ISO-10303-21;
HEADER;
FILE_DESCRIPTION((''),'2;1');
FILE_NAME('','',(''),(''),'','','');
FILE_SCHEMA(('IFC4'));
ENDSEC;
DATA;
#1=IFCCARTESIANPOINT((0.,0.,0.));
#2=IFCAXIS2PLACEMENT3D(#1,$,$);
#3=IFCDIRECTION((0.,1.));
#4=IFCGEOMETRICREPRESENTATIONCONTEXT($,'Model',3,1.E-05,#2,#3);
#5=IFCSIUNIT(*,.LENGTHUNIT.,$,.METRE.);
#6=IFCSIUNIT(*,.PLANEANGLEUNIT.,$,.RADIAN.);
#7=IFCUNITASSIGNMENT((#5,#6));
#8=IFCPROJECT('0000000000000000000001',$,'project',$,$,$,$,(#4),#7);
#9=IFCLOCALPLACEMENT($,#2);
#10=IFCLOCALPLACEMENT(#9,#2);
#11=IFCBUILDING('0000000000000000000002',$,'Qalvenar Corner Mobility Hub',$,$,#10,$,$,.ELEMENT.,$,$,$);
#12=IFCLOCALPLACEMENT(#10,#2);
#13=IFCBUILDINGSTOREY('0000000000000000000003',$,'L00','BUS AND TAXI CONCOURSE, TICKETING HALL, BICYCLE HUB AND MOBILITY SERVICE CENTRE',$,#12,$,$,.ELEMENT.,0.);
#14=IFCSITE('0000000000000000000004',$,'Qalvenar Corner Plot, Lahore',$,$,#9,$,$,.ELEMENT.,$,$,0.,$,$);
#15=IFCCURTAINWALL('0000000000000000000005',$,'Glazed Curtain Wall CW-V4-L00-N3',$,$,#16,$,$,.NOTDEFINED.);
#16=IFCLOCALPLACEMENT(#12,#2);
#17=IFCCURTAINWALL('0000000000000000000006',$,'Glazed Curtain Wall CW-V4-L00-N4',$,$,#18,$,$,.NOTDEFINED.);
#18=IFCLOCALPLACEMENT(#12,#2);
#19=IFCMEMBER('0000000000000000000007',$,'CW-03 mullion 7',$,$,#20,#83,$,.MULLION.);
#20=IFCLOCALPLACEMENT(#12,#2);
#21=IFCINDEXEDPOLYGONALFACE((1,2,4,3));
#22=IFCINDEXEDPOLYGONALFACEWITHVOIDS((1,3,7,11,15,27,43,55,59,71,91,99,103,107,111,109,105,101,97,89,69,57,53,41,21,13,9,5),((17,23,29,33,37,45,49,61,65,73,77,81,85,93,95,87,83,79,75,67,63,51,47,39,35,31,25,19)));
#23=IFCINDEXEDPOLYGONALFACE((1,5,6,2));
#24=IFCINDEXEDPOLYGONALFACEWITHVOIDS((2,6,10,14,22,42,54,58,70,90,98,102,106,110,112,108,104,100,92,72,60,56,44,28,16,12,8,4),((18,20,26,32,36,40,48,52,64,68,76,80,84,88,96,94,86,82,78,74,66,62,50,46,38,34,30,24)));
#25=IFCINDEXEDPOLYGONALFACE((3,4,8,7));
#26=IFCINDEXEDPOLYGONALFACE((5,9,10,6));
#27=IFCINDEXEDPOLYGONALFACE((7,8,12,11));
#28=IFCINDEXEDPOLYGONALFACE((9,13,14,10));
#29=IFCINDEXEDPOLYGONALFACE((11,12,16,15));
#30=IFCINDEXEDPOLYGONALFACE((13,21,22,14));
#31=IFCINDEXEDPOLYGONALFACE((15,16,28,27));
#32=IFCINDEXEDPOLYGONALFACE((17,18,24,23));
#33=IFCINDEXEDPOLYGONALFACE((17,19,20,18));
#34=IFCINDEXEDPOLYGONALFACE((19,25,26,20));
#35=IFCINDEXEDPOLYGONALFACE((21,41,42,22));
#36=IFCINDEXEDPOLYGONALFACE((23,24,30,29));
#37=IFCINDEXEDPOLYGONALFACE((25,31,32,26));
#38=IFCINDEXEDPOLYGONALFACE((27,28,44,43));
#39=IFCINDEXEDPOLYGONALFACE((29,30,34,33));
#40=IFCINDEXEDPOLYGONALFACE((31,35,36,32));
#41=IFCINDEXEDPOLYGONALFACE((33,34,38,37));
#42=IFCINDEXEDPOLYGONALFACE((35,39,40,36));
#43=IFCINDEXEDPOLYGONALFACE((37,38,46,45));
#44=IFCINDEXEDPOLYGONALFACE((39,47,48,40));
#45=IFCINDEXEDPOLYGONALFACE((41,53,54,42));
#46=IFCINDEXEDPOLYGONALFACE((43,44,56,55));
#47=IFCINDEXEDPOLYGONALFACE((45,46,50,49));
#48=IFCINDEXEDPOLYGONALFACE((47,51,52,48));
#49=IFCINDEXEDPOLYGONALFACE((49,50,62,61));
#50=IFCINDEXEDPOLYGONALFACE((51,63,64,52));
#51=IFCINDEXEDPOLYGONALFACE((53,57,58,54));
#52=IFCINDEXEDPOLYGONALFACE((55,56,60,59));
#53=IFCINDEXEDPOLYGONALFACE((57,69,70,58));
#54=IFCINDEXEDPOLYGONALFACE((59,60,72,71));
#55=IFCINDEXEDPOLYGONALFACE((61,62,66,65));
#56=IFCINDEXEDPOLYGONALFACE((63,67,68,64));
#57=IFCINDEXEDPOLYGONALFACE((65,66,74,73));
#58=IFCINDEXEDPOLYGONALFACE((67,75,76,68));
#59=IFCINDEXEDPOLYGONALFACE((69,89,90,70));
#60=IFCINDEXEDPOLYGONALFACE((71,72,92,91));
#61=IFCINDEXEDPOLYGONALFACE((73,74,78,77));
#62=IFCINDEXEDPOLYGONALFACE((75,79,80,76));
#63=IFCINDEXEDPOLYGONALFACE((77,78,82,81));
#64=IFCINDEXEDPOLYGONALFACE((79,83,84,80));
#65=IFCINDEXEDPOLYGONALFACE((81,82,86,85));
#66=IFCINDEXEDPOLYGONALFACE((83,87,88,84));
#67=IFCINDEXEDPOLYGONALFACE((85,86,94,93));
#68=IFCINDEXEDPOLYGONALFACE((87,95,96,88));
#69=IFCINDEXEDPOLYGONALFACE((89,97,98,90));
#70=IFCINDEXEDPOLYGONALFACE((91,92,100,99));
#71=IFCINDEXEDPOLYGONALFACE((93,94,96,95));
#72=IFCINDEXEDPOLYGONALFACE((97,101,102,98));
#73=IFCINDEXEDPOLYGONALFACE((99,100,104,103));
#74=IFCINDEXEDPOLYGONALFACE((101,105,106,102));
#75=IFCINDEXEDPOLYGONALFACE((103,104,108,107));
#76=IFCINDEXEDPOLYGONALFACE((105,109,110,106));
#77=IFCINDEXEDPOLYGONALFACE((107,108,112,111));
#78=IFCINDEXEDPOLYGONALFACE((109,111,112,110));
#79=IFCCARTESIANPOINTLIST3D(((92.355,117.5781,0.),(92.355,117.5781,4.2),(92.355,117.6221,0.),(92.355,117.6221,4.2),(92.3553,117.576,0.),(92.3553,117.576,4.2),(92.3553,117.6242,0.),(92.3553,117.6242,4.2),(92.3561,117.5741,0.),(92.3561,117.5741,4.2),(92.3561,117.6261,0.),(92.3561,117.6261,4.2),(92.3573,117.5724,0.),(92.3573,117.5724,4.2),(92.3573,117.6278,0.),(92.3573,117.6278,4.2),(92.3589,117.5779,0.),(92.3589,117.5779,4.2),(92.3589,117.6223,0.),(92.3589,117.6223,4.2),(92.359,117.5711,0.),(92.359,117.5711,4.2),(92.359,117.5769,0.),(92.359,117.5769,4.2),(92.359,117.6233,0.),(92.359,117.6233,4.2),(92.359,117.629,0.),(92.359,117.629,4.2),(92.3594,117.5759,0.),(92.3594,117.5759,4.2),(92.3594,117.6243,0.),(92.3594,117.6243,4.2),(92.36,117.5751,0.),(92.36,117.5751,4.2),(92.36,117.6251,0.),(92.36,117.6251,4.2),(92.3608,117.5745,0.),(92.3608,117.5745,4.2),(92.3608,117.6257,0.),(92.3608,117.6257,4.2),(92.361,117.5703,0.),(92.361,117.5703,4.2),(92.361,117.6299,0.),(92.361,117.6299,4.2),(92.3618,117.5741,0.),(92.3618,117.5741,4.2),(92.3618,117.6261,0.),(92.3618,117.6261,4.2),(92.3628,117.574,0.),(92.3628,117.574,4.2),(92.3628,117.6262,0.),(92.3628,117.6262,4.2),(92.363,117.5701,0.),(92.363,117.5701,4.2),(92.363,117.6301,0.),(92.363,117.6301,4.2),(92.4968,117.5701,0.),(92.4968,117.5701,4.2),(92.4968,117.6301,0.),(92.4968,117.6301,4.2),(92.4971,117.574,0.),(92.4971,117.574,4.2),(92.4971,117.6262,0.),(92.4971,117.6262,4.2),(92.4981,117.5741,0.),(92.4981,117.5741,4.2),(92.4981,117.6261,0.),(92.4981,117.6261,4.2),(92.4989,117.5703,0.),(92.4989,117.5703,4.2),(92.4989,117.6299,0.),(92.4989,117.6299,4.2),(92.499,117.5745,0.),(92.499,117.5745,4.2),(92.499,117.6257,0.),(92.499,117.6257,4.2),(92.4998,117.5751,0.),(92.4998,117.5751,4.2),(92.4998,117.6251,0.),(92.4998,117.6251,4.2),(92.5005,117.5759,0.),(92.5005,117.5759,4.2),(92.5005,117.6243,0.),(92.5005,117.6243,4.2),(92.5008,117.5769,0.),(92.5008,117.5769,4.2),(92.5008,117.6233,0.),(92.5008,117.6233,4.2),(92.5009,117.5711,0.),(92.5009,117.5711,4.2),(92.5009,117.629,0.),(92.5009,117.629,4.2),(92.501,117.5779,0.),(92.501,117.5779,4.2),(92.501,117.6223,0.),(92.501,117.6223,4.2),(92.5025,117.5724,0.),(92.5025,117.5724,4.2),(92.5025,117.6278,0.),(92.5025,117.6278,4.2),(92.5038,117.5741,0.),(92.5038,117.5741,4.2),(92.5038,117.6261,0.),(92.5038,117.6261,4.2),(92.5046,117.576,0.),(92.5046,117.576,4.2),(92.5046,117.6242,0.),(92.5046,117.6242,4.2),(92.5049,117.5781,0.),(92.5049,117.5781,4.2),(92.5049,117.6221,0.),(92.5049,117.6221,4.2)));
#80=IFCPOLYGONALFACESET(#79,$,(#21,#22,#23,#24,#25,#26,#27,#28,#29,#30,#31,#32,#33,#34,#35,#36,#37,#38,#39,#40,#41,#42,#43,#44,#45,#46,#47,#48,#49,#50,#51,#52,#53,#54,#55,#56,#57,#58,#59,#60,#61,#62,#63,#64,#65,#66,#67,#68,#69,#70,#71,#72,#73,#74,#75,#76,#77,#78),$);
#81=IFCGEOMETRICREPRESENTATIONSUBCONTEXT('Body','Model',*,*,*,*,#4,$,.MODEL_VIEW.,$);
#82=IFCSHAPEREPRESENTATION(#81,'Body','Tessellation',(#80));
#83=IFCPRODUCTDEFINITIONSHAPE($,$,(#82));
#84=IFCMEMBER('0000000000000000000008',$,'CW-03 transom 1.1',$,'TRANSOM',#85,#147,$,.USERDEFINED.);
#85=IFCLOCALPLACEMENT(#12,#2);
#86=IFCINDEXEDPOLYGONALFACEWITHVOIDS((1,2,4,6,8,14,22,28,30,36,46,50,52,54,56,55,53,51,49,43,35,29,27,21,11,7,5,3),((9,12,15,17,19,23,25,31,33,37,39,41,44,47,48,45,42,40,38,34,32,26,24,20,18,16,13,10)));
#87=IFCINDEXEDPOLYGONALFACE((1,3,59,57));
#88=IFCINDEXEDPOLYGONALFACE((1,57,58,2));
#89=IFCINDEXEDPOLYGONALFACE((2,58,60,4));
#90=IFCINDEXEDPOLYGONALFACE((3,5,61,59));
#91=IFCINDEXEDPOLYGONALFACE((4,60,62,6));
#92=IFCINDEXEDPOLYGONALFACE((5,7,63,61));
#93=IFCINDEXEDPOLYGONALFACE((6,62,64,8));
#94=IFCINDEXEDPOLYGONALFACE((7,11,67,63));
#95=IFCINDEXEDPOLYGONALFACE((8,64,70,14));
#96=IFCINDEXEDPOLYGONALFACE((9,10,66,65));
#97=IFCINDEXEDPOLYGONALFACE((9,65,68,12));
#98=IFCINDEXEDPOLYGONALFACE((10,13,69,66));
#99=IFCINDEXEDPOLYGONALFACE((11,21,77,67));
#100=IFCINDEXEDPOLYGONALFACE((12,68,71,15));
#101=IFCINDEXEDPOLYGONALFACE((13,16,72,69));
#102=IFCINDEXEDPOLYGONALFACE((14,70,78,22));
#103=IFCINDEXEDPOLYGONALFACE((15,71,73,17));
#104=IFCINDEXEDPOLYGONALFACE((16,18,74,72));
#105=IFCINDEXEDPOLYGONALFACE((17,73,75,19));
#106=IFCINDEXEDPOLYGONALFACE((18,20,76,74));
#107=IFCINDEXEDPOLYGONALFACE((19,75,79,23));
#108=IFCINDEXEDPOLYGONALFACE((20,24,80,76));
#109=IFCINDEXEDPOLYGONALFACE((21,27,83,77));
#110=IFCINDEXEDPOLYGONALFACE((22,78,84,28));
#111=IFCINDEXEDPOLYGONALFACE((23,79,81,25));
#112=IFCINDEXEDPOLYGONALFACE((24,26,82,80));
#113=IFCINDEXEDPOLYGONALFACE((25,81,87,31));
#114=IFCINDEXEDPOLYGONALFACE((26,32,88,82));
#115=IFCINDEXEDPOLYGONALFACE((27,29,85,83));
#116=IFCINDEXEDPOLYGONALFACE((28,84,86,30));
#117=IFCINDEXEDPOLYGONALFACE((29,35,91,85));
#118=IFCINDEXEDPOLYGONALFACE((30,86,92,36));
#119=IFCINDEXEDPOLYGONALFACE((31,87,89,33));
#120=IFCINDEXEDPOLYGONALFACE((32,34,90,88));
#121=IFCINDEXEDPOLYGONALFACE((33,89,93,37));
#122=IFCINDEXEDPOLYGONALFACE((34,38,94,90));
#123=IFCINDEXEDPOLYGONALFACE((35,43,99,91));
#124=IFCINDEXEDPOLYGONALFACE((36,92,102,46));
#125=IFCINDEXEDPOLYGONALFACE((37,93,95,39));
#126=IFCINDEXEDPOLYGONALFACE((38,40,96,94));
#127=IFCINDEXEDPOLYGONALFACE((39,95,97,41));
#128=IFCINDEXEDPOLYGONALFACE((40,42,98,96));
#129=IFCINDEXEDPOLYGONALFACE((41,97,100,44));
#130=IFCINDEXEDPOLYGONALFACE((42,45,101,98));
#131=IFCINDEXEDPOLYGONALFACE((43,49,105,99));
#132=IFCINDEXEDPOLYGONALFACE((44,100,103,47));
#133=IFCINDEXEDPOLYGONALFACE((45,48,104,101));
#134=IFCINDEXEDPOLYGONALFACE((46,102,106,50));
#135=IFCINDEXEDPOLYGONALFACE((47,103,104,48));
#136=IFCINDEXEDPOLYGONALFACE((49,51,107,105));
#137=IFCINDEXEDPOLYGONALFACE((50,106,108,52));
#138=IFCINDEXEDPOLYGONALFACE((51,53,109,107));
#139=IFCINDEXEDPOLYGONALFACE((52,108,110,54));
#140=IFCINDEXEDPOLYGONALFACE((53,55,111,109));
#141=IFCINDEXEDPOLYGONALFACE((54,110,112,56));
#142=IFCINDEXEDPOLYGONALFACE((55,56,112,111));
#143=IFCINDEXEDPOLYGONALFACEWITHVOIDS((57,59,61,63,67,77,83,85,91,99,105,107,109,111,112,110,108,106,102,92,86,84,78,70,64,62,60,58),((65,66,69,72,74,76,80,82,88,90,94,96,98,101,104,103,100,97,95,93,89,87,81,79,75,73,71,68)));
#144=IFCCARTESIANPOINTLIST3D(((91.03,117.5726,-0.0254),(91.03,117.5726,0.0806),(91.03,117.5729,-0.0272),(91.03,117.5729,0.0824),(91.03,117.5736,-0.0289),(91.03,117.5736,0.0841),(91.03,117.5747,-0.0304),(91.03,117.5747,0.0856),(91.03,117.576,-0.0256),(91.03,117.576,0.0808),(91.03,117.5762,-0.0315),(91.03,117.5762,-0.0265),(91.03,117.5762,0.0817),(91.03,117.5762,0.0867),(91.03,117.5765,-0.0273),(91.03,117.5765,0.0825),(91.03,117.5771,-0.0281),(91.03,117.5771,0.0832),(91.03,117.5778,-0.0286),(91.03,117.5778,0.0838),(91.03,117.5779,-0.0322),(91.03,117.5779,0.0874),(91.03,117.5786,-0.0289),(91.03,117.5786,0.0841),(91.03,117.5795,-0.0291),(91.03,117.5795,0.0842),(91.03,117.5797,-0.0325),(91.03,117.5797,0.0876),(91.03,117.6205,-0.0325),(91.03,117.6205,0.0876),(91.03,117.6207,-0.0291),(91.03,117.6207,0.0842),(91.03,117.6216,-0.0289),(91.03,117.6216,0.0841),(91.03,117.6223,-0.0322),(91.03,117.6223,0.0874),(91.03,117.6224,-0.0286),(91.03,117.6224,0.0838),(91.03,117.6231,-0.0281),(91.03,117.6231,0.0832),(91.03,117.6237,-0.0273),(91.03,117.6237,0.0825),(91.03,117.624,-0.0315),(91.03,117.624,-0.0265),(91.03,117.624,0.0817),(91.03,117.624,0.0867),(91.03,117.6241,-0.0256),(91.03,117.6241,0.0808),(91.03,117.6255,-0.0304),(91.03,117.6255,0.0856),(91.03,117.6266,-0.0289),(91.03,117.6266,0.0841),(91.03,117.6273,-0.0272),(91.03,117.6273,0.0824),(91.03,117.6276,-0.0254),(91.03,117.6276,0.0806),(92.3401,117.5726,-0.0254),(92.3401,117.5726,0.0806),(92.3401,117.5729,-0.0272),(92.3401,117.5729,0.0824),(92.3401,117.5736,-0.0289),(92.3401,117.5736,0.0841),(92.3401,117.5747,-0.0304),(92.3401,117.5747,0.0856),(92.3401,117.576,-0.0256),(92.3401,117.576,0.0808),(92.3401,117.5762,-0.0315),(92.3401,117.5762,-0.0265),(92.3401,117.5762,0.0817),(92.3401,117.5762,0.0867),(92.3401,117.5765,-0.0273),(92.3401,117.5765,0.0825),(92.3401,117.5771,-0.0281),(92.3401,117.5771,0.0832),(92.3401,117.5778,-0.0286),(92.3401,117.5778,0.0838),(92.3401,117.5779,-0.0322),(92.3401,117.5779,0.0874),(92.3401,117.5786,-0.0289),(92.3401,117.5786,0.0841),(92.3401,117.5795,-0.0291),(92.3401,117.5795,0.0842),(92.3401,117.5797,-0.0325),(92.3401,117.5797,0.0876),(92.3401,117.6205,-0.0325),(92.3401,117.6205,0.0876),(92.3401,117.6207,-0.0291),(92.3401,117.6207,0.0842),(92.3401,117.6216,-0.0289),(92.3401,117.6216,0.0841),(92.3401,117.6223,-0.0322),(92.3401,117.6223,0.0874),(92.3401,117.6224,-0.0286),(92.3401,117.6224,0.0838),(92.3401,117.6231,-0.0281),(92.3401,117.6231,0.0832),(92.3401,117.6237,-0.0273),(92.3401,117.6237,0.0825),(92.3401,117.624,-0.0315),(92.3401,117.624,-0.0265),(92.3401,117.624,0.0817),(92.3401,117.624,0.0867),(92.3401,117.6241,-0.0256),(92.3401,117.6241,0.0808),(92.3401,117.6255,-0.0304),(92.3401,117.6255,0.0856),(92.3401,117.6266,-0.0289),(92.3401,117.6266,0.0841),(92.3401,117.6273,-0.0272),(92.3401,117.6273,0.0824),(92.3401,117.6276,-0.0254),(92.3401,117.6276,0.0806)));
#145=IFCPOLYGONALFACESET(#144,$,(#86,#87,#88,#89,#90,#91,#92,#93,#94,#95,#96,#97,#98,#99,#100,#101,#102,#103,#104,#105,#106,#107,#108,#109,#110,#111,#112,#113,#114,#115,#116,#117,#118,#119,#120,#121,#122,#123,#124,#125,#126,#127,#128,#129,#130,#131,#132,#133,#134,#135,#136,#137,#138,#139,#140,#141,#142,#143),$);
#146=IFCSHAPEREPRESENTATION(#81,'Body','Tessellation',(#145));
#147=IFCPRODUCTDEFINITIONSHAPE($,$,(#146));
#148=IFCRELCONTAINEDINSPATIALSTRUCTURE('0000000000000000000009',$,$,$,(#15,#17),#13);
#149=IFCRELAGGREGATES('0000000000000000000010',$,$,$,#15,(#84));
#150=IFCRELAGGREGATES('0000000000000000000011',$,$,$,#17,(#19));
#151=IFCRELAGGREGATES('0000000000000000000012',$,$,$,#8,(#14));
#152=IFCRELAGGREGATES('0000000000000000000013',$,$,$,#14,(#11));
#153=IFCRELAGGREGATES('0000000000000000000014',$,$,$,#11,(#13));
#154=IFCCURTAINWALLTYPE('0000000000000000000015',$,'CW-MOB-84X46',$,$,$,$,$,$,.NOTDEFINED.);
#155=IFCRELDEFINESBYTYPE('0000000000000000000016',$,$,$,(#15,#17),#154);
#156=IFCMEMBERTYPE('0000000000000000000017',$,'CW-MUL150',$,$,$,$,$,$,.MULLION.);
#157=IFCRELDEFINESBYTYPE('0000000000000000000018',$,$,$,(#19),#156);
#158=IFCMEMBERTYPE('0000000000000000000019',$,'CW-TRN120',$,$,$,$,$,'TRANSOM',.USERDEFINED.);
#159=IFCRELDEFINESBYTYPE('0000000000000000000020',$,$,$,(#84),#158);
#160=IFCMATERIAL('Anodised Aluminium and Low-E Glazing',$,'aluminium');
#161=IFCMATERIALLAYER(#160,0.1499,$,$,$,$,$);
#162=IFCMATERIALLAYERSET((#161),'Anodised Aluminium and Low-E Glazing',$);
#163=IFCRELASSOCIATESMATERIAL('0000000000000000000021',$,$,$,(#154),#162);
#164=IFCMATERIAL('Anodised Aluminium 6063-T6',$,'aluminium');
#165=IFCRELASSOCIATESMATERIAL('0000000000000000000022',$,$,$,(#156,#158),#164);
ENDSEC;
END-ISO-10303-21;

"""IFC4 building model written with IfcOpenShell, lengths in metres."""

from ifc_helpers import new_model, si_unit, direction, frame, origin, origin_2d, place, context, subcontext, project, spatial, hollow_rectangle, extrude, material, layer, layer_set, material_profile, profile_set, type_object, element, aggregate, save


model = new_model("IFC4")

# Units and contexts
model_context = context("Model", 3, precision=1e-05, world=origin(), true_north=direction((0.0, 1.0)))
body_context = subcontext(model_context, "Body", "Model", "MODEL_VIEW")
ifc_project = project(units=[si_unit("LENGTHUNIT", "METRE"), si_unit("PLANEANGLEUNIT", "RADIAN")], contexts=[model_context])

# Site, building, storey
site_placement = place(None, origin())
site = spatial("IfcSite", under=ifc_project, at=site_placement, Name="Qalvenar Corner Plot, Lahore", CompositionType="ELEMENT", RefElevation=0.0)
building_placement = place(site_placement, origin())
building = spatial("IfcBuilding", under=site, at=building_placement, Name="Qalvenar Corner Mobility Hub", CompositionType="ELEMENT")
storey_placement = place(building_placement, origin())
storey = spatial("IfcBuildingStorey", under=building, at=storey_placement, Name="L00", Description="BUS AND TAXI CONCOURSE, TICKETING HALL, BICYCLE HUB AND MOBILITY SERVICE CENTRE", CompositionType="ELEMENT", Elevation=0.0)

# Curtain walls, member
ifc_material_1 = material(Name="Anodised Aluminium and Low-E Glazing", Category="aluminium")
ifc_layer_1 = layer(ifc_material_1, 0.1499)
ifc_layer_set_1 = layer_set([ifc_layer_1], Name="Anodised Aluminium and Low-E Glazing")
curtain_wall_type = type_object("IfcCurtainWallType", Name="CW-MOB-84X46", PredefinedType="NOTDEFINED", material=ifc_layer_set_1)
curtain_wall_1_placement = place(storey_placement, origin())
curtain_wall_1 = element("IfcCurtainWall", 1, at=curtain_wall_1_placement, inside=storey, type_object=curtain_wall_type, Name="Glazed Curtain Wall CW-V4-L00-N3", PredefinedType="NOTDEFINED")
ifc_material_2 = material(Name="Anodised Aluminium 6063-T6", Category="aluminium")
ifc_material_profile_1 = material_profile(ifc_material_2, hollow_rectangle(XDim=0.0601, YDim=0.1499, WallThickness=0.0039, InnerFilletRadius=0.0039, OuterFilletRadius=0.0081, at=origin_2d()), Name="RHS150x60x4")
ifc_profile_set_1 = profile_set([ifc_material_profile_1], Name="Anodised Aluminium 6063-T6")
member_type_1 = type_object("IfcMemberType", Name="CW-MUL150", PredefinedType="MULLION", material=ifc_profile_set_1)
curtain_wall_2_placement = place(storey_placement, origin())
curtain_wall_2 = element("IfcCurtainWall", 2, at=curtain_wall_2_placement, inside=storey, type_object=curtain_wall_type, Name="Glazed Curtain Wall CW-V4-L00-N4", PredefinedType="NOTDEFINED")
member_1_placement = place(storey_placement, frame((92.4299, 117.6001, 0.0), z_axis=(0.0, 0.0, 1.0), x_axis=(0.0, -1.0, 0.0)))
member_1 = element("IfcMember", 3, at=member_1_placement, type_object=member_type_1, Name="CW-03 mullion 7", PredefinedType="MULLION", context=body_context, shape_type="SweptSolid", body=[
    extrude(hollow_rectangle(XDim=0.0601, YDim=0.1499, WallThickness=0.0039, InnerFilletRadius=0.0039, OuterFilletRadius=0.0081, at=origin_2d()), origin(), (0.0, 0.0, 1.0), 4.2),
])

# Member
ifc_material_profile_2 = material_profile(ifc_material_2, hollow_rectangle(XDim=0.0549, YDim=0.1201, WallThickness=0.0034, InnerFilletRadius=0.0034, OuterFilletRadius=0.0071, at=origin_2d()), Name="RHS120x55x3.5")
ifc_profile_set_2 = profile_set([ifc_material_profile_2], Name="Anodised Aluminium 6063-T6")
member_type_2 = type_object("IfcMemberType", Name="CW-TRN120", ElementType="TRANSOM", PredefinedType="USERDEFINED", material=ifc_profile_set_2)
member_2_placement = place(storey_placement, frame((92.3401, 117.6001, 0.0276), z_axis=(-1.0, 0.0, 0.0), x_axis=(0.0, -1.0, 0.0)))
member_2 = element("IfcMember", 4, at=member_2_placement, type_object=member_type_2, Name="CW-03 transom 1.1", ObjectType="TRANSOM", PredefinedType="USERDEFINED", context=body_context, shape_type="SweptSolid", body=[
    extrude(hollow_rectangle(XDim=0.0549, YDim=0.1201, WallThickness=0.0034, InnerFilletRadius=0.0034, OuterFilletRadius=0.0071, at=origin_2d()), origin(), (0.0, 0.0, 1.0), 1.3101),
])

aggregate(curtain_wall_1, [member_2])
aggregate(curtain_wall_2, [member_1])

save(model, "model.ifc")
